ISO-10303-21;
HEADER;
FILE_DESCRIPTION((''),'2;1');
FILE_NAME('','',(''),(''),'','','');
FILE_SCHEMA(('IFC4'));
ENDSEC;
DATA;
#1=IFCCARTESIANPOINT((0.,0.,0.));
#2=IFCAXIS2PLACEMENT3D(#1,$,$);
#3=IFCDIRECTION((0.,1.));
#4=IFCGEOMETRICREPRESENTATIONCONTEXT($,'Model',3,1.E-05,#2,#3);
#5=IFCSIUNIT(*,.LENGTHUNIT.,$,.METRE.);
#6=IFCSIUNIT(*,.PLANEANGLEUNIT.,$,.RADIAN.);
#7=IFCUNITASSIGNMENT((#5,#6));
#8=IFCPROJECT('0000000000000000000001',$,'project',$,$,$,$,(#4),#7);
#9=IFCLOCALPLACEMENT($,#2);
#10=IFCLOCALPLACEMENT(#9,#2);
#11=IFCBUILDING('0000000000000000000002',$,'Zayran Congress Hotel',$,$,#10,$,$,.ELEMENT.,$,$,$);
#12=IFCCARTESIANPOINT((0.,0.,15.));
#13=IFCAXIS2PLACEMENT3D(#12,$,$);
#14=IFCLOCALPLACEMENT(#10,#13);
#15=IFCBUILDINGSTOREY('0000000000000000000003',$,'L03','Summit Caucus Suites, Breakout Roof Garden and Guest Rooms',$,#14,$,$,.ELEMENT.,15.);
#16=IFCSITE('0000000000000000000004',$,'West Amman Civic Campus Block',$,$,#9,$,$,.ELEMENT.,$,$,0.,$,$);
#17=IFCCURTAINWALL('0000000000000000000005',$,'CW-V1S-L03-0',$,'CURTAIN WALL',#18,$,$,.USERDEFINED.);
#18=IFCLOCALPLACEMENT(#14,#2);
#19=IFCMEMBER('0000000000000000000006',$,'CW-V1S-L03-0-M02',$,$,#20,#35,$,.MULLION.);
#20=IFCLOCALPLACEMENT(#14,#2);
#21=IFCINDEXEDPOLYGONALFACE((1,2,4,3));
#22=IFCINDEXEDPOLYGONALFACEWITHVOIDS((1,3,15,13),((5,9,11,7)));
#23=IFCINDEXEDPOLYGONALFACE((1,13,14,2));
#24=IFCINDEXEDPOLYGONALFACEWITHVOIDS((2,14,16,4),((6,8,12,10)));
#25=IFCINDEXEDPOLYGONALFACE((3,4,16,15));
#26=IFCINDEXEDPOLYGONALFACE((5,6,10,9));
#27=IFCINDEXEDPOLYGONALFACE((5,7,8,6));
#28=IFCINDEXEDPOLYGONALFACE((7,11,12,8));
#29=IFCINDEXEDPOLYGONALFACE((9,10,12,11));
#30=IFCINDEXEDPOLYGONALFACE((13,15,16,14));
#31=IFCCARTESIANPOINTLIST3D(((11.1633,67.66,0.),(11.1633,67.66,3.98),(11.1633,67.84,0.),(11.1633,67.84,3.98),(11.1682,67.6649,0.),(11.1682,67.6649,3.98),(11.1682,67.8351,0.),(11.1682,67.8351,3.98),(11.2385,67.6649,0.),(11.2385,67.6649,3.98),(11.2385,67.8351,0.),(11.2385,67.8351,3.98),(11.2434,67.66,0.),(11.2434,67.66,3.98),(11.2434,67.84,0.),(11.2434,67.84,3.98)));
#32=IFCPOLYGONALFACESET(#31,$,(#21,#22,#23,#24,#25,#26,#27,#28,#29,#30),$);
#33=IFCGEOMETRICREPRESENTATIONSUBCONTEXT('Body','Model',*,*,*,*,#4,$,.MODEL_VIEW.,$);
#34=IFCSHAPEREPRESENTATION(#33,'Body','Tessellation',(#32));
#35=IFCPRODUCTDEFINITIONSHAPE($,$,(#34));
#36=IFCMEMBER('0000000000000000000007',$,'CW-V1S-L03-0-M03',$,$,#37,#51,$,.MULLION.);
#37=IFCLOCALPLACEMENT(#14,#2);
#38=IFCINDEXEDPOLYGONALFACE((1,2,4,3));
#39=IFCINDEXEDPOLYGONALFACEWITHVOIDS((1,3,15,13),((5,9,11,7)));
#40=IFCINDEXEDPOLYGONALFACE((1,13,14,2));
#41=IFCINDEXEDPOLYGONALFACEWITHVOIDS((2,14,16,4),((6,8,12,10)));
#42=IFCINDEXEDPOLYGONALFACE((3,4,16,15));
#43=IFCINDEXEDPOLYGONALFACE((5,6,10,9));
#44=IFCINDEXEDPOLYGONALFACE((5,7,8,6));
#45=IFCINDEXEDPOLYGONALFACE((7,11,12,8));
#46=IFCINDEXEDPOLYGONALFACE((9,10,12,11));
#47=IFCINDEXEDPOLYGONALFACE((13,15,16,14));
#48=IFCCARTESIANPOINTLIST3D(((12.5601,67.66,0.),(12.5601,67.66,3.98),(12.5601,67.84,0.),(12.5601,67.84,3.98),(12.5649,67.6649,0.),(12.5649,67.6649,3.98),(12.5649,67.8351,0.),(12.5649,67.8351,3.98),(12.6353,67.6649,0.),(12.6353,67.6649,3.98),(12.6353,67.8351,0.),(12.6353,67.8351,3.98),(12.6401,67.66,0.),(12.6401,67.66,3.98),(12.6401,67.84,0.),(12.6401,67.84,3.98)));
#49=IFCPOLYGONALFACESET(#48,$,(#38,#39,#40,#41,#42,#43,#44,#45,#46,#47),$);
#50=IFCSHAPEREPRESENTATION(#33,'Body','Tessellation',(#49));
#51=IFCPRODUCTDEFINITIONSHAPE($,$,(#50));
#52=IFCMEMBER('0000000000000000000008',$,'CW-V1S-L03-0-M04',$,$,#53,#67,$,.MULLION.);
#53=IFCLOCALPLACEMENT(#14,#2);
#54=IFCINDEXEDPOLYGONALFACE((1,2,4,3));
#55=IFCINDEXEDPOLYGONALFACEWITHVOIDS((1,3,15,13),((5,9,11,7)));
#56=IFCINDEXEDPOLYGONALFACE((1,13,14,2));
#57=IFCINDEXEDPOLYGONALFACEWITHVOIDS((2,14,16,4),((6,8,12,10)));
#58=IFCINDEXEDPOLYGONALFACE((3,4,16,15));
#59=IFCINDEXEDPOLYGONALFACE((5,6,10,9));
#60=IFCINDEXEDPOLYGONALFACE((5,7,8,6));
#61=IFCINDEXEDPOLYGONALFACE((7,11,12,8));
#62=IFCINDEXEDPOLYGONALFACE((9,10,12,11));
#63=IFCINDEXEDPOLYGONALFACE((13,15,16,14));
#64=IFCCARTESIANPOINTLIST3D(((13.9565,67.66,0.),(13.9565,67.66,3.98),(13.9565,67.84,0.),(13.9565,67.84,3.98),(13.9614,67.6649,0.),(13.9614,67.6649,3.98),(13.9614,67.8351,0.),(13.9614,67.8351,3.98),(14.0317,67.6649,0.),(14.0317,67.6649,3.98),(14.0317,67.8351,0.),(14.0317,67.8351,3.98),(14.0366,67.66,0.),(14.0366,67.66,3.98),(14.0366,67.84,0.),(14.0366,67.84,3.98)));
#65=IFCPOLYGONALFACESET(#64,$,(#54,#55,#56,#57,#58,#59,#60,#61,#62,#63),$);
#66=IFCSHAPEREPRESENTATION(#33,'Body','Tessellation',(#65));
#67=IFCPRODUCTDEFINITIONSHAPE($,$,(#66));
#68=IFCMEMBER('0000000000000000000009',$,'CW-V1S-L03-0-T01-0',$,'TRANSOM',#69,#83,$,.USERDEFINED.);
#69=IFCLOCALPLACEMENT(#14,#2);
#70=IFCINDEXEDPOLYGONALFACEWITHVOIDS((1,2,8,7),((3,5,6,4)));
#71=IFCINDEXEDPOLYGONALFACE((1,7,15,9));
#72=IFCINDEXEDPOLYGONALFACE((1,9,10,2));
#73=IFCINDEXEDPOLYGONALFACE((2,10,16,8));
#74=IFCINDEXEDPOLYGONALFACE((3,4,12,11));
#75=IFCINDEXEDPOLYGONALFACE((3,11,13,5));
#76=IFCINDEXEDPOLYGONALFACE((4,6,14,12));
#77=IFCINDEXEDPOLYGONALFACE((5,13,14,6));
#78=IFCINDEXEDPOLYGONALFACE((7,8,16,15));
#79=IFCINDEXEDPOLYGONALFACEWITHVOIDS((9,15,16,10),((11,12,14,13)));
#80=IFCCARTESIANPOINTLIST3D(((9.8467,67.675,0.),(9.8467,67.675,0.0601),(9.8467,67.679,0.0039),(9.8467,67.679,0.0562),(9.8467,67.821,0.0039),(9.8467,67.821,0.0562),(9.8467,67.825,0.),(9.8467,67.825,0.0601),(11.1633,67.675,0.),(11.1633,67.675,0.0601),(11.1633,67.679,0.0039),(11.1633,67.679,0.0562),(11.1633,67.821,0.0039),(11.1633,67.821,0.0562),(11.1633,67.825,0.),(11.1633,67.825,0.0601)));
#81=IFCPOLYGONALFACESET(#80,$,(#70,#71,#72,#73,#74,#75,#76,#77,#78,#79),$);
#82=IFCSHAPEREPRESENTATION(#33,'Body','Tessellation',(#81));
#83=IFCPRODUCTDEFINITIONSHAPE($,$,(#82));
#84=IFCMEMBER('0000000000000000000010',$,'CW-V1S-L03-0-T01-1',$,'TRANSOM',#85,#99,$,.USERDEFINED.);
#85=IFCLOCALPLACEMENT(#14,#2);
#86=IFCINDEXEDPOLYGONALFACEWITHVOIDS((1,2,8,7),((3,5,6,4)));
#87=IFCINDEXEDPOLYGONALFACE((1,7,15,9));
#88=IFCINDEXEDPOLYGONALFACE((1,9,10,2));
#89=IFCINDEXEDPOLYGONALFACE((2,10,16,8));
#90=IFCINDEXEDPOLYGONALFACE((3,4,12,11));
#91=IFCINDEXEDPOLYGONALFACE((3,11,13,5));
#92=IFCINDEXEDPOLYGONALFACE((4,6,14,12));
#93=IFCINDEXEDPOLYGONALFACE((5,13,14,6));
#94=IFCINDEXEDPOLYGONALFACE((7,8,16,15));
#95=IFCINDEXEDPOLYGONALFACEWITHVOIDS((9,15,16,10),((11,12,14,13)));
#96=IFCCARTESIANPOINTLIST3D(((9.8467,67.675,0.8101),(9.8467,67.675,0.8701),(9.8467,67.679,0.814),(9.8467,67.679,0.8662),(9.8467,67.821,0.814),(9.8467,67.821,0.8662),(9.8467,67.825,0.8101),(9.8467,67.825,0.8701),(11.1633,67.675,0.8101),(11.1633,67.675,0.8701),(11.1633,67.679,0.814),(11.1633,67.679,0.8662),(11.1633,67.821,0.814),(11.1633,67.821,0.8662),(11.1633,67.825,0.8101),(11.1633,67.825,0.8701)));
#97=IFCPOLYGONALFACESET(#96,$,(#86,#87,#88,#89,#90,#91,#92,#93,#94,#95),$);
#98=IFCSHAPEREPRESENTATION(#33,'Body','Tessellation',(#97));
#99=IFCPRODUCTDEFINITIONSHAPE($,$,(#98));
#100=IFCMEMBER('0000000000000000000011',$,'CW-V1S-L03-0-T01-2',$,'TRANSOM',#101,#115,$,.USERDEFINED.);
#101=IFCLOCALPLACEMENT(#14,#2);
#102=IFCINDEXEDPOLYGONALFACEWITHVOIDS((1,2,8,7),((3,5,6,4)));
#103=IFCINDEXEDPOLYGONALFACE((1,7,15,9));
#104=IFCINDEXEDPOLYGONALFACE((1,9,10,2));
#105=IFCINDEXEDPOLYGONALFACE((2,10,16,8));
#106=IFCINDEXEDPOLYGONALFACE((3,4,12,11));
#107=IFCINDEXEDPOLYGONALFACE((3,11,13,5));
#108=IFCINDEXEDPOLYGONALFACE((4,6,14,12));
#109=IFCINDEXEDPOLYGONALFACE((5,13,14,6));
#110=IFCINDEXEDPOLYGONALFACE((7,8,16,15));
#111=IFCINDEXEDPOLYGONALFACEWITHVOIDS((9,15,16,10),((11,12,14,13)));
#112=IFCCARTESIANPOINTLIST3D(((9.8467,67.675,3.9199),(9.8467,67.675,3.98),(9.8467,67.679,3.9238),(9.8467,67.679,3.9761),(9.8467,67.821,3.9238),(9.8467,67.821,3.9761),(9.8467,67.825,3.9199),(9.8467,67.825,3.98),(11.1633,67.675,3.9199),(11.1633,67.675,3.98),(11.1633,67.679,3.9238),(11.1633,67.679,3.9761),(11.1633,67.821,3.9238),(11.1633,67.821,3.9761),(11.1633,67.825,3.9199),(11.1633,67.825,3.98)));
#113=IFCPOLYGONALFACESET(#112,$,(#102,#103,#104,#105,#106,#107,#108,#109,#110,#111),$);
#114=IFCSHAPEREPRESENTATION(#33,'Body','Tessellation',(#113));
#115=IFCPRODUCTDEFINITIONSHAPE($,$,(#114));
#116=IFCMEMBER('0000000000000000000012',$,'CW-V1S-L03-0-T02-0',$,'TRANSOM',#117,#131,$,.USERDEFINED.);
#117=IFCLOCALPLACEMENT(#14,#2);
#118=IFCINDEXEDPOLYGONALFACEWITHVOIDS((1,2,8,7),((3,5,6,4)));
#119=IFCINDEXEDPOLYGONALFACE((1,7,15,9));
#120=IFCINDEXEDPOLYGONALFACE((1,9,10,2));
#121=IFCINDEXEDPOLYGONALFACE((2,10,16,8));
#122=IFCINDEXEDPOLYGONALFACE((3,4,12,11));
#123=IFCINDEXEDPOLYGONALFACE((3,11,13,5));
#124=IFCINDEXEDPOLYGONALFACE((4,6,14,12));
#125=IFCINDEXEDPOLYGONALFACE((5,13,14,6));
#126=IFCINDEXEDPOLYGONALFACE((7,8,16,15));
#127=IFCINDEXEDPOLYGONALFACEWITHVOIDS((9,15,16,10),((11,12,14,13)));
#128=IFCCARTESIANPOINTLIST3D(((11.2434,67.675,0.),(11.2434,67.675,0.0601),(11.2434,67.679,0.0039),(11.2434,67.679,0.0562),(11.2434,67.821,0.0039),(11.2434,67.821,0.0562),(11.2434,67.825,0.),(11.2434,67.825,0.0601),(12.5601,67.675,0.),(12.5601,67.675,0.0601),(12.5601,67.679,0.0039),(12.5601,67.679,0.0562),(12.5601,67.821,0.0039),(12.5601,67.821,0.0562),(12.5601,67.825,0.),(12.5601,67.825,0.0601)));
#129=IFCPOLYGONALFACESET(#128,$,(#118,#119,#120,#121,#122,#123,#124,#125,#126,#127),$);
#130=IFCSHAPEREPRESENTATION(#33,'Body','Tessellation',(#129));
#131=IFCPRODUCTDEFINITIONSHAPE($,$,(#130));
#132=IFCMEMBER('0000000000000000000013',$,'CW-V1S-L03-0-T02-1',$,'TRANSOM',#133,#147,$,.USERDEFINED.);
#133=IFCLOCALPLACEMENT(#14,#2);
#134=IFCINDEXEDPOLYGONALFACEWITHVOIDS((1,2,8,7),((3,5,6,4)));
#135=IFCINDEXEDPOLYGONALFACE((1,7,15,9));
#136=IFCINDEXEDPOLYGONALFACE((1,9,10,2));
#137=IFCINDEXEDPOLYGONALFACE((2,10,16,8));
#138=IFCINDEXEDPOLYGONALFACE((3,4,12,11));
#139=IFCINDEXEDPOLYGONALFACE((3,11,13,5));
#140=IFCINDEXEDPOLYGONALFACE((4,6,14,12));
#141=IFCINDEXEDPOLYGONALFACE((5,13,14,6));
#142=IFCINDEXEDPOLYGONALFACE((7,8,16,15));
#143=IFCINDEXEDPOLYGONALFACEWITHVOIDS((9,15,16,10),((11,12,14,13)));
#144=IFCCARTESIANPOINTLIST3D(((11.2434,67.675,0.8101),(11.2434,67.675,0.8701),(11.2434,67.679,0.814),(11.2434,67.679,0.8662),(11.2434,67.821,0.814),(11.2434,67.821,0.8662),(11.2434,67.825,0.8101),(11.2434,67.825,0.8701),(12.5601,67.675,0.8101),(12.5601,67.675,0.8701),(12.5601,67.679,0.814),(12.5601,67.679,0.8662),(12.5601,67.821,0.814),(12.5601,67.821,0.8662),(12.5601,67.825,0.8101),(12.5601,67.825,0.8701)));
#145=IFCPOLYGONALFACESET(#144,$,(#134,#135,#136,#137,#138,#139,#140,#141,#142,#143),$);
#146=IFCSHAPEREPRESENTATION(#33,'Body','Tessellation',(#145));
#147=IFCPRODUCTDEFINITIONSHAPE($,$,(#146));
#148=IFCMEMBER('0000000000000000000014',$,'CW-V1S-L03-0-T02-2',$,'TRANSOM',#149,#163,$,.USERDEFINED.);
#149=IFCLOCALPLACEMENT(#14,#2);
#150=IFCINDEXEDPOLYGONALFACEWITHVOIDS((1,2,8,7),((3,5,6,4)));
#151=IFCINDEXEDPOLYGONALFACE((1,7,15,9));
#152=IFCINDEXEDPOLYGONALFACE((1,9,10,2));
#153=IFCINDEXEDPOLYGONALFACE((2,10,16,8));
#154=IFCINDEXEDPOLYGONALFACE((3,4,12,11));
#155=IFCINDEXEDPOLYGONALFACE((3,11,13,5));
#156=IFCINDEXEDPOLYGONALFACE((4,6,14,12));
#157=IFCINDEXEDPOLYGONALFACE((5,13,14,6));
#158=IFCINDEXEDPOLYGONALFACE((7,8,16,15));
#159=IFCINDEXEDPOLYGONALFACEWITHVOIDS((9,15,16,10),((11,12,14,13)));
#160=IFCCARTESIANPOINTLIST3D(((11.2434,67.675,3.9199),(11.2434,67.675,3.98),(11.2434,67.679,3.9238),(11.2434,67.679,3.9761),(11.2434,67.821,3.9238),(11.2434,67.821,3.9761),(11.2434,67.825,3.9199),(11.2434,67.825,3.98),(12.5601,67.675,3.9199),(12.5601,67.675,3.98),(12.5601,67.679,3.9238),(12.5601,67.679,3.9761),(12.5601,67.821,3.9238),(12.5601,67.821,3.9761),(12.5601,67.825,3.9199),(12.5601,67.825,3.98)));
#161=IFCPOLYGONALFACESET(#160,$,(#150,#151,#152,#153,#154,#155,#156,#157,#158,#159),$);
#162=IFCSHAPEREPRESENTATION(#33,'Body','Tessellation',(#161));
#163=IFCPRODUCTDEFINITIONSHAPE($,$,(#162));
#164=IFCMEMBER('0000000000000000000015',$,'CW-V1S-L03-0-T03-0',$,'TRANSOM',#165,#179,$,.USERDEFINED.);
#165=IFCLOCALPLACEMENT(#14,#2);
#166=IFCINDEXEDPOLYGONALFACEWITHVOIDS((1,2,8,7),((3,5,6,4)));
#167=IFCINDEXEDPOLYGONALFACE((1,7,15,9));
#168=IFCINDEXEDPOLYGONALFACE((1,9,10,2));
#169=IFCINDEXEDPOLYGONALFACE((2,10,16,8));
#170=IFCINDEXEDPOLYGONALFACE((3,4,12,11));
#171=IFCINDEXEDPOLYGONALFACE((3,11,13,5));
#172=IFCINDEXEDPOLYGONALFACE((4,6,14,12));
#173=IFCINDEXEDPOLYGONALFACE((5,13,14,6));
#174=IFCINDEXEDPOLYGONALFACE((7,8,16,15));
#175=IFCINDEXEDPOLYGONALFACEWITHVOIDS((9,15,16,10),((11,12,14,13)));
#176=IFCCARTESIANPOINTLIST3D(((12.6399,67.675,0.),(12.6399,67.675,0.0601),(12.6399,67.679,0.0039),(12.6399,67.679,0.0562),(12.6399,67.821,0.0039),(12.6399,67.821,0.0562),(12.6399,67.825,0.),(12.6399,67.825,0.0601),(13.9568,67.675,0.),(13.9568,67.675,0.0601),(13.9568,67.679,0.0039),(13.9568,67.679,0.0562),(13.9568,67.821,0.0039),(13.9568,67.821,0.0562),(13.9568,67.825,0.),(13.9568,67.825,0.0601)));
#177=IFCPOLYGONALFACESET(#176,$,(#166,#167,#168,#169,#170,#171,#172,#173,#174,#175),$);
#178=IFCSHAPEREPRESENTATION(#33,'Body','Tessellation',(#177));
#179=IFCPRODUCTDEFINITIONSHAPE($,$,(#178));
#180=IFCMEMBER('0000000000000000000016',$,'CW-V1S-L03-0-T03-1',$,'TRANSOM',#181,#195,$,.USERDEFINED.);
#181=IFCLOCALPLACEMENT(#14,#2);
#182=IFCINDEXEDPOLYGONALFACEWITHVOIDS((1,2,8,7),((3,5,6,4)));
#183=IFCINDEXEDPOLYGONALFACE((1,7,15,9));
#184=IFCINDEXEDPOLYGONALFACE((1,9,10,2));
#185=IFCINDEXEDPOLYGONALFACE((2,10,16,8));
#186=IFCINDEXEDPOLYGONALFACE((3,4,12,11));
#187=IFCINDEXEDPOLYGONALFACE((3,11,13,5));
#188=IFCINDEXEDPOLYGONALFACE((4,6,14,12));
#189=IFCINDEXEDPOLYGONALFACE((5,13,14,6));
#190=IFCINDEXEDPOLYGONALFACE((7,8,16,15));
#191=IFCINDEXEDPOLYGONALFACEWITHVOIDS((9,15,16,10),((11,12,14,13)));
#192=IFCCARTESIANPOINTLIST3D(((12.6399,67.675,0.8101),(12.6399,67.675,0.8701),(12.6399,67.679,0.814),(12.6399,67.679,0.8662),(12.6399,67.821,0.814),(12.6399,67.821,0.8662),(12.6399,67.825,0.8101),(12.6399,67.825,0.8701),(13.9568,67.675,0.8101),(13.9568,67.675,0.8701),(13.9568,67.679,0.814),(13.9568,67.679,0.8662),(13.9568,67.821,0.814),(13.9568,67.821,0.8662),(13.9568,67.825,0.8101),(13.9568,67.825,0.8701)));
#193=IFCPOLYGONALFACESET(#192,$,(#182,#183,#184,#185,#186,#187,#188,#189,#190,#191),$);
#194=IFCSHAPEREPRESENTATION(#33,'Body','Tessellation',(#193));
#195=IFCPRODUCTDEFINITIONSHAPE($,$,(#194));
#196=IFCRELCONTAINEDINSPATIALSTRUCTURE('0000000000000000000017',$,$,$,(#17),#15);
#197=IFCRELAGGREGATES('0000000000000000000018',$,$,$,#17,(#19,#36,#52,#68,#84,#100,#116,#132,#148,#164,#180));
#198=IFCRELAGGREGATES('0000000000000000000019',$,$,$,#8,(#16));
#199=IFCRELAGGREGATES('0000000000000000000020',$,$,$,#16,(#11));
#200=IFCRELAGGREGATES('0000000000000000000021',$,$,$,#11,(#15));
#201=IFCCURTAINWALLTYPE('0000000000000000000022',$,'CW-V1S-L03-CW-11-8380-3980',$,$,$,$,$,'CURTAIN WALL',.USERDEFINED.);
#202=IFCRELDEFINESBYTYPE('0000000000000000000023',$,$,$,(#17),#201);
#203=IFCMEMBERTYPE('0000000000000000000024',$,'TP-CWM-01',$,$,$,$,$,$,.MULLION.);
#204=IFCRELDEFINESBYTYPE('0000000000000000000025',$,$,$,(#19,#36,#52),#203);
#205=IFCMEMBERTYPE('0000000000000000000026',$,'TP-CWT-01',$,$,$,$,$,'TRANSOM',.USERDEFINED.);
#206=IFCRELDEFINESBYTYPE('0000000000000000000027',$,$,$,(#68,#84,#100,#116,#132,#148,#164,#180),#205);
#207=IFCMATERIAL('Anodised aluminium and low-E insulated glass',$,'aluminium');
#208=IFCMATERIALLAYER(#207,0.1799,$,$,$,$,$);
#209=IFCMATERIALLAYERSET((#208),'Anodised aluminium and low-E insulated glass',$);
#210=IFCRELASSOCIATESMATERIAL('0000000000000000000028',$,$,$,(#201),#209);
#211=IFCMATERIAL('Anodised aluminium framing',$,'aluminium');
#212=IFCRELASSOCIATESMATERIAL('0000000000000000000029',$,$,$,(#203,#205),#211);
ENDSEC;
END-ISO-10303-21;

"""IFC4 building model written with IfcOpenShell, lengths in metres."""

from ifc_helpers import new_model, si_unit, direction, frame, origin, origin_2d, place, context, subcontext, project, spatial, hollow_rectangle, extrude, material, layer, layer_set, material_profile, profile_set, type_object, element, aggregate, save


model = new_model("IFC4")

# Units and contexts
model_context = context("Model", 3, precision=1e-05, world=origin(), true_north=direction((0.0, 1.0)))
body_context = subcontext(model_context, "Body", "Model", "MODEL_VIEW")
ifc_project = project(units=[si_unit("LENGTHUNIT", "METRE"), si_unit("PLANEANGLEUNIT", "RADIAN")], contexts=[model_context])

# Site, building, storey
site_placement = place(None, origin())
site = spatial("IfcSite", under=ifc_project, at=site_placement, Name="West Amman Civic Campus Block", CompositionType="ELEMENT", RefElevation=0.0)
building_placement = place(site_placement, origin())
building = spatial("IfcBuilding", under=site, at=building_placement, Name="Zayran Congress Hotel", CompositionType="ELEMENT")
storey_placement = place(building_placement, frame((0.0, 0.0, 15.0)))
storey = spatial("IfcBuildingStorey", under=building, at=storey_placement, Name="L03", Description="Summit Caucus Suites, Breakout Roof Garden and Guest Rooms", CompositionType="ELEMENT", Elevation=15.0)

# Curtain wall, members
ifc_material_1 = material(Name="Anodised aluminium and low-E insulated glass", Category="aluminium")
ifc_layer_1 = layer(ifc_material_1, 0.1799)
ifc_layer_set_1 = layer_set([ifc_layer_1], Name="Anodised aluminium and low-E insulated glass")
curtain_wall_type = type_object("IfcCurtainWallType", Name="CW-V1S-L03-CW-11-8380-3980", ElementType="CURTAIN WALL", PredefinedType="USERDEFINED", material=ifc_layer_set_1)
curtain_wall_placement = place(storey_placement, origin())
curtain_wall = element("IfcCurtainWall", 1, at=curtain_wall_placement, inside=storey, type_object=curtain_wall_type, Name="CW-V1S-L03-0", ObjectType="CURTAIN WALL", PredefinedType="USERDEFINED")
ifc_material_2 = material(Name="Anodised aluminium framing", Category="aluminium")
ifc_material_profile_1 = material_profile(ifc_material_2, hollow_rectangle(XDim=0.0801, YDim=0.1799, WallThickness=0.0049, at=origin_2d()), Name="RHS 180x80x5")
ifc_profile_set_1 = profile_set([ifc_material_profile_1], Name="Anodised aluminium framing")
member_type_1 = type_object("IfcMemberType", Name="TP-CWM-01", PredefinedType="MULLION", material=ifc_profile_set_1)
member_1_placement = place(storey_placement, frame((11.2034, 67.75, 0.0), z_axis=(0.0, 0.0, 1.0), x_axis=(1.0, 0.0, 0.0)))
member_1 = element("IfcMember", 2, at=member_1_placement, type_object=member_type_1, Name="CW-V1S-L03-0-M02", PredefinedType="MULLION", context=body_context, shape_type="SweptSolid", body=[
    extrude(hollow_rectangle(XDim=0.0801, YDim=0.1799, WallThickness=0.0049, at=origin_2d()), origin(), (0.0, 0.0, 1.0), 3.98),
])
member_2_placement = place(storey_placement, frame((12.6001, 67.75, 0.0), z_axis=(0.0, 0.0, 1.0), x_axis=(1.0, 0.0, 0.0)))
member_2 = element("IfcMember", 3, at=member_2_placement, type_object=member_type_1, Name="CW-V1S-L03-0-M03", PredefinedType="MULLION", context=body_context, shape_type="SweptSolid", body=[
    extrude(hollow_rectangle(XDim=0.0801, YDim=0.1799, WallThickness=0.0049, at=origin_2d()), origin(), (0.0, 0.0, 1.0), 3.98),
])
member_3_placement = place(storey_placement, frame((13.9966, 67.75, 0.0), z_axis=(0.0, 0.0, 1.0), x_axis=(1.0, 0.0, 0.0)))
member_3 = element("IfcMember", 4, at=member_3_placement, type_object=member_type_1, Name="CW-V1S-L03-0-M04", PredefinedType="MULLION", context=body_context, shape_type="SweptSolid", body=[
    extrude(hollow_rectangle(XDim=0.0801, YDim=0.1799, WallThickness=0.0049, at=origin_2d()), origin(), (0.0, 0.0, 1.0), 3.98),
])
ifc_material_profile_2 = material_profile(ifc_material_2, hollow_rectangle(XDim=0.0601, YDim=0.1499, WallThickness=0.0039, at=origin_2d()), Name="RHS 150x60x4")
ifc_profile_set_2 = profile_set([ifc_material_profile_2], Name="Anodised aluminium framing")
member_type_2 = type_object("IfcMemberType", Name="TP-CWT-01", ElementType="TRANSOM", PredefinedType="USERDEFINED", material=ifc_profile_set_2)
member_4_placement = place(storey_placement, frame((9.8467, 67.75, 0.03), z_axis=(1.0, 0.0, 0.0), x_axis=(0.0, 0.0, 1.0)))
member_4 = element("IfcMember", 5, at=member_4_placement, type_object=member_type_2, Name="CW-V1S-L03-0-T01-0", ObjectType="TRANSOM", PredefinedType="USERDEFINED", context=body_context, shape_type="SweptSolid", body=[
    extrude(hollow_rectangle(XDim=0.0601, YDim=0.1499, WallThickness=0.0039, at=origin_2d()), origin(), (0.0, 0.0, 1.0), 1.3167),
])
member_5_placement = place(storey_placement, frame((9.8467, 67.75, 0.8401), z_axis=(1.0, 0.0, 0.0), x_axis=(0.0, 0.0, 1.0)))
member_5 = element("IfcMember", 6, at=member_5_placement, type_object=member_type_2, Name="CW-V1S-L03-0-T01-1", ObjectType="TRANSOM", PredefinedType="USERDEFINED", context=body_context, shape_type="SweptSolid", body=[
    extrude(hollow_rectangle(XDim=0.0601, YDim=0.1499, WallThickness=0.0039, at=origin_2d()), origin(), (0.0, 0.0, 1.0), 1.3167),
])
member_6_placement = place(storey_placement, frame((9.8467, 67.75, 3.95), z_axis=(1.0, 0.0, 0.0), x_axis=(0.0, 0.0, 1.0)))
member_6 = element("IfcMember", 7, at=member_6_placement, type_object=member_type_2, Name="CW-V1S-L03-0-T01-2", ObjectType="TRANSOM", PredefinedType="USERDEFINED", context=body_context, shape_type="SweptSolid", body=[
    extrude(hollow_rectangle(XDim=0.0601, YDim=0.1499, WallThickness=0.0039, at=origin_2d()), origin(), (0.0, 0.0, 1.0), 1.3167),
])
member_7_placement = place(storey_placement, frame((11.2434, 67.75, 0.03), z_axis=(1.0, 0.0, 0.0), x_axis=(0.0, 0.0, 1.0)))
member_7 = element("IfcMember", 8, at=member_7_placement, type_object=member_type_2, Name="CW-V1S-L03-0-T02-0", ObjectType="TRANSOM", PredefinedType="USERDEFINED", context=body_context, shape_type="SweptSolid", body=[
    extrude(hollow_rectangle(XDim=0.0601, YDim=0.1499, WallThickness=0.0039, at=origin_2d()), origin(), (0.0, 0.0, 1.0), 1.3167),
])
member_8_placement = place(storey_placement, frame((11.2434, 67.75, 0.8401), z_axis=(1.0, 0.0, 0.0), x_axis=(0.0, 0.0, 1.0)))
member_8 = element("IfcMember", 9, at=member_8_placement, type_object=member_type_2, Name="CW-V1S-L03-0-T02-1", ObjectType="TRANSOM", PredefinedType="USERDEFINED", context=body_context, shape_type="SweptSolid", body=[
    extrude(hollow_rectangle(XDim=0.0601, YDim=0.1499, WallThickness=0.0039, at=origin_2d()), origin(), (0.0, 0.0, 1.0), 1.3167),
])
member_9_placement = place(storey_placement, frame((11.2434, 67.75, 3.95), z_axis=(1.0, 0.0, 0.0), x_axis=(0.0, 0.0, 1.0)))
member_9 = element("IfcMember", 10, at=member_9_placement, type_object=member_type_2, Name="CW-V1S-L03-0-T02-2", ObjectType="TRANSOM", PredefinedType="USERDEFINED", context=body_context, shape_type="SweptSolid", body=[
    extrude(hollow_rectangle(XDim=0.0601, YDim=0.1499, WallThickness=0.0039, at=origin_2d()), origin(), (0.0, 0.0, 1.0), 1.3167),
])
member_10_placement = place(storey_placement, frame((12.6399, 67.75, 0.03), z_axis=(1.0, 0.0, 0.0), x_axis=(0.0, 0.0, 1.0)))
member_10 = element("IfcMember", 11, at=member_10_placement, type_object=member_type_2, Name="CW-V1S-L03-0-T03-0", ObjectType="TRANSOM", PredefinedType="USERDEFINED", context=body_context, shape_type="SweptSolid", body=[
    extrude(hollow_rectangle(XDim=0.0601, YDim=0.1499, WallThickness=0.0039, at=origin_2d()), origin(), (0.0, 0.0, 1.0), 1.3169),
])
member_11_placement = place(storey_placement, frame((12.6399, 67.75, 0.8401), z_axis=(1.0, 0.0, 0.0), x_axis=(0.0, 0.0, 1.0)))
member_11 = element("IfcMember", 12, at=member_11_placement, type_object=member_type_2, Name="CW-V1S-L03-0-T03-1", ObjectType="TRANSOM", PredefinedType="USERDEFINED", context=body_context, shape_type="SweptSolid", body=[
    extrude(hollow_rectangle(XDim=0.0601, YDim=0.1499, WallThickness=0.0039, at=origin_2d()), origin(), (0.0, 0.0, 1.0), 1.3169),
])
aggregate(curtain_wall, [member_1, member_2, member_3, member_4, member_5, member_6, member_7, member_8, member_9, member_10, member_11])

save(model, "model.ifc")
